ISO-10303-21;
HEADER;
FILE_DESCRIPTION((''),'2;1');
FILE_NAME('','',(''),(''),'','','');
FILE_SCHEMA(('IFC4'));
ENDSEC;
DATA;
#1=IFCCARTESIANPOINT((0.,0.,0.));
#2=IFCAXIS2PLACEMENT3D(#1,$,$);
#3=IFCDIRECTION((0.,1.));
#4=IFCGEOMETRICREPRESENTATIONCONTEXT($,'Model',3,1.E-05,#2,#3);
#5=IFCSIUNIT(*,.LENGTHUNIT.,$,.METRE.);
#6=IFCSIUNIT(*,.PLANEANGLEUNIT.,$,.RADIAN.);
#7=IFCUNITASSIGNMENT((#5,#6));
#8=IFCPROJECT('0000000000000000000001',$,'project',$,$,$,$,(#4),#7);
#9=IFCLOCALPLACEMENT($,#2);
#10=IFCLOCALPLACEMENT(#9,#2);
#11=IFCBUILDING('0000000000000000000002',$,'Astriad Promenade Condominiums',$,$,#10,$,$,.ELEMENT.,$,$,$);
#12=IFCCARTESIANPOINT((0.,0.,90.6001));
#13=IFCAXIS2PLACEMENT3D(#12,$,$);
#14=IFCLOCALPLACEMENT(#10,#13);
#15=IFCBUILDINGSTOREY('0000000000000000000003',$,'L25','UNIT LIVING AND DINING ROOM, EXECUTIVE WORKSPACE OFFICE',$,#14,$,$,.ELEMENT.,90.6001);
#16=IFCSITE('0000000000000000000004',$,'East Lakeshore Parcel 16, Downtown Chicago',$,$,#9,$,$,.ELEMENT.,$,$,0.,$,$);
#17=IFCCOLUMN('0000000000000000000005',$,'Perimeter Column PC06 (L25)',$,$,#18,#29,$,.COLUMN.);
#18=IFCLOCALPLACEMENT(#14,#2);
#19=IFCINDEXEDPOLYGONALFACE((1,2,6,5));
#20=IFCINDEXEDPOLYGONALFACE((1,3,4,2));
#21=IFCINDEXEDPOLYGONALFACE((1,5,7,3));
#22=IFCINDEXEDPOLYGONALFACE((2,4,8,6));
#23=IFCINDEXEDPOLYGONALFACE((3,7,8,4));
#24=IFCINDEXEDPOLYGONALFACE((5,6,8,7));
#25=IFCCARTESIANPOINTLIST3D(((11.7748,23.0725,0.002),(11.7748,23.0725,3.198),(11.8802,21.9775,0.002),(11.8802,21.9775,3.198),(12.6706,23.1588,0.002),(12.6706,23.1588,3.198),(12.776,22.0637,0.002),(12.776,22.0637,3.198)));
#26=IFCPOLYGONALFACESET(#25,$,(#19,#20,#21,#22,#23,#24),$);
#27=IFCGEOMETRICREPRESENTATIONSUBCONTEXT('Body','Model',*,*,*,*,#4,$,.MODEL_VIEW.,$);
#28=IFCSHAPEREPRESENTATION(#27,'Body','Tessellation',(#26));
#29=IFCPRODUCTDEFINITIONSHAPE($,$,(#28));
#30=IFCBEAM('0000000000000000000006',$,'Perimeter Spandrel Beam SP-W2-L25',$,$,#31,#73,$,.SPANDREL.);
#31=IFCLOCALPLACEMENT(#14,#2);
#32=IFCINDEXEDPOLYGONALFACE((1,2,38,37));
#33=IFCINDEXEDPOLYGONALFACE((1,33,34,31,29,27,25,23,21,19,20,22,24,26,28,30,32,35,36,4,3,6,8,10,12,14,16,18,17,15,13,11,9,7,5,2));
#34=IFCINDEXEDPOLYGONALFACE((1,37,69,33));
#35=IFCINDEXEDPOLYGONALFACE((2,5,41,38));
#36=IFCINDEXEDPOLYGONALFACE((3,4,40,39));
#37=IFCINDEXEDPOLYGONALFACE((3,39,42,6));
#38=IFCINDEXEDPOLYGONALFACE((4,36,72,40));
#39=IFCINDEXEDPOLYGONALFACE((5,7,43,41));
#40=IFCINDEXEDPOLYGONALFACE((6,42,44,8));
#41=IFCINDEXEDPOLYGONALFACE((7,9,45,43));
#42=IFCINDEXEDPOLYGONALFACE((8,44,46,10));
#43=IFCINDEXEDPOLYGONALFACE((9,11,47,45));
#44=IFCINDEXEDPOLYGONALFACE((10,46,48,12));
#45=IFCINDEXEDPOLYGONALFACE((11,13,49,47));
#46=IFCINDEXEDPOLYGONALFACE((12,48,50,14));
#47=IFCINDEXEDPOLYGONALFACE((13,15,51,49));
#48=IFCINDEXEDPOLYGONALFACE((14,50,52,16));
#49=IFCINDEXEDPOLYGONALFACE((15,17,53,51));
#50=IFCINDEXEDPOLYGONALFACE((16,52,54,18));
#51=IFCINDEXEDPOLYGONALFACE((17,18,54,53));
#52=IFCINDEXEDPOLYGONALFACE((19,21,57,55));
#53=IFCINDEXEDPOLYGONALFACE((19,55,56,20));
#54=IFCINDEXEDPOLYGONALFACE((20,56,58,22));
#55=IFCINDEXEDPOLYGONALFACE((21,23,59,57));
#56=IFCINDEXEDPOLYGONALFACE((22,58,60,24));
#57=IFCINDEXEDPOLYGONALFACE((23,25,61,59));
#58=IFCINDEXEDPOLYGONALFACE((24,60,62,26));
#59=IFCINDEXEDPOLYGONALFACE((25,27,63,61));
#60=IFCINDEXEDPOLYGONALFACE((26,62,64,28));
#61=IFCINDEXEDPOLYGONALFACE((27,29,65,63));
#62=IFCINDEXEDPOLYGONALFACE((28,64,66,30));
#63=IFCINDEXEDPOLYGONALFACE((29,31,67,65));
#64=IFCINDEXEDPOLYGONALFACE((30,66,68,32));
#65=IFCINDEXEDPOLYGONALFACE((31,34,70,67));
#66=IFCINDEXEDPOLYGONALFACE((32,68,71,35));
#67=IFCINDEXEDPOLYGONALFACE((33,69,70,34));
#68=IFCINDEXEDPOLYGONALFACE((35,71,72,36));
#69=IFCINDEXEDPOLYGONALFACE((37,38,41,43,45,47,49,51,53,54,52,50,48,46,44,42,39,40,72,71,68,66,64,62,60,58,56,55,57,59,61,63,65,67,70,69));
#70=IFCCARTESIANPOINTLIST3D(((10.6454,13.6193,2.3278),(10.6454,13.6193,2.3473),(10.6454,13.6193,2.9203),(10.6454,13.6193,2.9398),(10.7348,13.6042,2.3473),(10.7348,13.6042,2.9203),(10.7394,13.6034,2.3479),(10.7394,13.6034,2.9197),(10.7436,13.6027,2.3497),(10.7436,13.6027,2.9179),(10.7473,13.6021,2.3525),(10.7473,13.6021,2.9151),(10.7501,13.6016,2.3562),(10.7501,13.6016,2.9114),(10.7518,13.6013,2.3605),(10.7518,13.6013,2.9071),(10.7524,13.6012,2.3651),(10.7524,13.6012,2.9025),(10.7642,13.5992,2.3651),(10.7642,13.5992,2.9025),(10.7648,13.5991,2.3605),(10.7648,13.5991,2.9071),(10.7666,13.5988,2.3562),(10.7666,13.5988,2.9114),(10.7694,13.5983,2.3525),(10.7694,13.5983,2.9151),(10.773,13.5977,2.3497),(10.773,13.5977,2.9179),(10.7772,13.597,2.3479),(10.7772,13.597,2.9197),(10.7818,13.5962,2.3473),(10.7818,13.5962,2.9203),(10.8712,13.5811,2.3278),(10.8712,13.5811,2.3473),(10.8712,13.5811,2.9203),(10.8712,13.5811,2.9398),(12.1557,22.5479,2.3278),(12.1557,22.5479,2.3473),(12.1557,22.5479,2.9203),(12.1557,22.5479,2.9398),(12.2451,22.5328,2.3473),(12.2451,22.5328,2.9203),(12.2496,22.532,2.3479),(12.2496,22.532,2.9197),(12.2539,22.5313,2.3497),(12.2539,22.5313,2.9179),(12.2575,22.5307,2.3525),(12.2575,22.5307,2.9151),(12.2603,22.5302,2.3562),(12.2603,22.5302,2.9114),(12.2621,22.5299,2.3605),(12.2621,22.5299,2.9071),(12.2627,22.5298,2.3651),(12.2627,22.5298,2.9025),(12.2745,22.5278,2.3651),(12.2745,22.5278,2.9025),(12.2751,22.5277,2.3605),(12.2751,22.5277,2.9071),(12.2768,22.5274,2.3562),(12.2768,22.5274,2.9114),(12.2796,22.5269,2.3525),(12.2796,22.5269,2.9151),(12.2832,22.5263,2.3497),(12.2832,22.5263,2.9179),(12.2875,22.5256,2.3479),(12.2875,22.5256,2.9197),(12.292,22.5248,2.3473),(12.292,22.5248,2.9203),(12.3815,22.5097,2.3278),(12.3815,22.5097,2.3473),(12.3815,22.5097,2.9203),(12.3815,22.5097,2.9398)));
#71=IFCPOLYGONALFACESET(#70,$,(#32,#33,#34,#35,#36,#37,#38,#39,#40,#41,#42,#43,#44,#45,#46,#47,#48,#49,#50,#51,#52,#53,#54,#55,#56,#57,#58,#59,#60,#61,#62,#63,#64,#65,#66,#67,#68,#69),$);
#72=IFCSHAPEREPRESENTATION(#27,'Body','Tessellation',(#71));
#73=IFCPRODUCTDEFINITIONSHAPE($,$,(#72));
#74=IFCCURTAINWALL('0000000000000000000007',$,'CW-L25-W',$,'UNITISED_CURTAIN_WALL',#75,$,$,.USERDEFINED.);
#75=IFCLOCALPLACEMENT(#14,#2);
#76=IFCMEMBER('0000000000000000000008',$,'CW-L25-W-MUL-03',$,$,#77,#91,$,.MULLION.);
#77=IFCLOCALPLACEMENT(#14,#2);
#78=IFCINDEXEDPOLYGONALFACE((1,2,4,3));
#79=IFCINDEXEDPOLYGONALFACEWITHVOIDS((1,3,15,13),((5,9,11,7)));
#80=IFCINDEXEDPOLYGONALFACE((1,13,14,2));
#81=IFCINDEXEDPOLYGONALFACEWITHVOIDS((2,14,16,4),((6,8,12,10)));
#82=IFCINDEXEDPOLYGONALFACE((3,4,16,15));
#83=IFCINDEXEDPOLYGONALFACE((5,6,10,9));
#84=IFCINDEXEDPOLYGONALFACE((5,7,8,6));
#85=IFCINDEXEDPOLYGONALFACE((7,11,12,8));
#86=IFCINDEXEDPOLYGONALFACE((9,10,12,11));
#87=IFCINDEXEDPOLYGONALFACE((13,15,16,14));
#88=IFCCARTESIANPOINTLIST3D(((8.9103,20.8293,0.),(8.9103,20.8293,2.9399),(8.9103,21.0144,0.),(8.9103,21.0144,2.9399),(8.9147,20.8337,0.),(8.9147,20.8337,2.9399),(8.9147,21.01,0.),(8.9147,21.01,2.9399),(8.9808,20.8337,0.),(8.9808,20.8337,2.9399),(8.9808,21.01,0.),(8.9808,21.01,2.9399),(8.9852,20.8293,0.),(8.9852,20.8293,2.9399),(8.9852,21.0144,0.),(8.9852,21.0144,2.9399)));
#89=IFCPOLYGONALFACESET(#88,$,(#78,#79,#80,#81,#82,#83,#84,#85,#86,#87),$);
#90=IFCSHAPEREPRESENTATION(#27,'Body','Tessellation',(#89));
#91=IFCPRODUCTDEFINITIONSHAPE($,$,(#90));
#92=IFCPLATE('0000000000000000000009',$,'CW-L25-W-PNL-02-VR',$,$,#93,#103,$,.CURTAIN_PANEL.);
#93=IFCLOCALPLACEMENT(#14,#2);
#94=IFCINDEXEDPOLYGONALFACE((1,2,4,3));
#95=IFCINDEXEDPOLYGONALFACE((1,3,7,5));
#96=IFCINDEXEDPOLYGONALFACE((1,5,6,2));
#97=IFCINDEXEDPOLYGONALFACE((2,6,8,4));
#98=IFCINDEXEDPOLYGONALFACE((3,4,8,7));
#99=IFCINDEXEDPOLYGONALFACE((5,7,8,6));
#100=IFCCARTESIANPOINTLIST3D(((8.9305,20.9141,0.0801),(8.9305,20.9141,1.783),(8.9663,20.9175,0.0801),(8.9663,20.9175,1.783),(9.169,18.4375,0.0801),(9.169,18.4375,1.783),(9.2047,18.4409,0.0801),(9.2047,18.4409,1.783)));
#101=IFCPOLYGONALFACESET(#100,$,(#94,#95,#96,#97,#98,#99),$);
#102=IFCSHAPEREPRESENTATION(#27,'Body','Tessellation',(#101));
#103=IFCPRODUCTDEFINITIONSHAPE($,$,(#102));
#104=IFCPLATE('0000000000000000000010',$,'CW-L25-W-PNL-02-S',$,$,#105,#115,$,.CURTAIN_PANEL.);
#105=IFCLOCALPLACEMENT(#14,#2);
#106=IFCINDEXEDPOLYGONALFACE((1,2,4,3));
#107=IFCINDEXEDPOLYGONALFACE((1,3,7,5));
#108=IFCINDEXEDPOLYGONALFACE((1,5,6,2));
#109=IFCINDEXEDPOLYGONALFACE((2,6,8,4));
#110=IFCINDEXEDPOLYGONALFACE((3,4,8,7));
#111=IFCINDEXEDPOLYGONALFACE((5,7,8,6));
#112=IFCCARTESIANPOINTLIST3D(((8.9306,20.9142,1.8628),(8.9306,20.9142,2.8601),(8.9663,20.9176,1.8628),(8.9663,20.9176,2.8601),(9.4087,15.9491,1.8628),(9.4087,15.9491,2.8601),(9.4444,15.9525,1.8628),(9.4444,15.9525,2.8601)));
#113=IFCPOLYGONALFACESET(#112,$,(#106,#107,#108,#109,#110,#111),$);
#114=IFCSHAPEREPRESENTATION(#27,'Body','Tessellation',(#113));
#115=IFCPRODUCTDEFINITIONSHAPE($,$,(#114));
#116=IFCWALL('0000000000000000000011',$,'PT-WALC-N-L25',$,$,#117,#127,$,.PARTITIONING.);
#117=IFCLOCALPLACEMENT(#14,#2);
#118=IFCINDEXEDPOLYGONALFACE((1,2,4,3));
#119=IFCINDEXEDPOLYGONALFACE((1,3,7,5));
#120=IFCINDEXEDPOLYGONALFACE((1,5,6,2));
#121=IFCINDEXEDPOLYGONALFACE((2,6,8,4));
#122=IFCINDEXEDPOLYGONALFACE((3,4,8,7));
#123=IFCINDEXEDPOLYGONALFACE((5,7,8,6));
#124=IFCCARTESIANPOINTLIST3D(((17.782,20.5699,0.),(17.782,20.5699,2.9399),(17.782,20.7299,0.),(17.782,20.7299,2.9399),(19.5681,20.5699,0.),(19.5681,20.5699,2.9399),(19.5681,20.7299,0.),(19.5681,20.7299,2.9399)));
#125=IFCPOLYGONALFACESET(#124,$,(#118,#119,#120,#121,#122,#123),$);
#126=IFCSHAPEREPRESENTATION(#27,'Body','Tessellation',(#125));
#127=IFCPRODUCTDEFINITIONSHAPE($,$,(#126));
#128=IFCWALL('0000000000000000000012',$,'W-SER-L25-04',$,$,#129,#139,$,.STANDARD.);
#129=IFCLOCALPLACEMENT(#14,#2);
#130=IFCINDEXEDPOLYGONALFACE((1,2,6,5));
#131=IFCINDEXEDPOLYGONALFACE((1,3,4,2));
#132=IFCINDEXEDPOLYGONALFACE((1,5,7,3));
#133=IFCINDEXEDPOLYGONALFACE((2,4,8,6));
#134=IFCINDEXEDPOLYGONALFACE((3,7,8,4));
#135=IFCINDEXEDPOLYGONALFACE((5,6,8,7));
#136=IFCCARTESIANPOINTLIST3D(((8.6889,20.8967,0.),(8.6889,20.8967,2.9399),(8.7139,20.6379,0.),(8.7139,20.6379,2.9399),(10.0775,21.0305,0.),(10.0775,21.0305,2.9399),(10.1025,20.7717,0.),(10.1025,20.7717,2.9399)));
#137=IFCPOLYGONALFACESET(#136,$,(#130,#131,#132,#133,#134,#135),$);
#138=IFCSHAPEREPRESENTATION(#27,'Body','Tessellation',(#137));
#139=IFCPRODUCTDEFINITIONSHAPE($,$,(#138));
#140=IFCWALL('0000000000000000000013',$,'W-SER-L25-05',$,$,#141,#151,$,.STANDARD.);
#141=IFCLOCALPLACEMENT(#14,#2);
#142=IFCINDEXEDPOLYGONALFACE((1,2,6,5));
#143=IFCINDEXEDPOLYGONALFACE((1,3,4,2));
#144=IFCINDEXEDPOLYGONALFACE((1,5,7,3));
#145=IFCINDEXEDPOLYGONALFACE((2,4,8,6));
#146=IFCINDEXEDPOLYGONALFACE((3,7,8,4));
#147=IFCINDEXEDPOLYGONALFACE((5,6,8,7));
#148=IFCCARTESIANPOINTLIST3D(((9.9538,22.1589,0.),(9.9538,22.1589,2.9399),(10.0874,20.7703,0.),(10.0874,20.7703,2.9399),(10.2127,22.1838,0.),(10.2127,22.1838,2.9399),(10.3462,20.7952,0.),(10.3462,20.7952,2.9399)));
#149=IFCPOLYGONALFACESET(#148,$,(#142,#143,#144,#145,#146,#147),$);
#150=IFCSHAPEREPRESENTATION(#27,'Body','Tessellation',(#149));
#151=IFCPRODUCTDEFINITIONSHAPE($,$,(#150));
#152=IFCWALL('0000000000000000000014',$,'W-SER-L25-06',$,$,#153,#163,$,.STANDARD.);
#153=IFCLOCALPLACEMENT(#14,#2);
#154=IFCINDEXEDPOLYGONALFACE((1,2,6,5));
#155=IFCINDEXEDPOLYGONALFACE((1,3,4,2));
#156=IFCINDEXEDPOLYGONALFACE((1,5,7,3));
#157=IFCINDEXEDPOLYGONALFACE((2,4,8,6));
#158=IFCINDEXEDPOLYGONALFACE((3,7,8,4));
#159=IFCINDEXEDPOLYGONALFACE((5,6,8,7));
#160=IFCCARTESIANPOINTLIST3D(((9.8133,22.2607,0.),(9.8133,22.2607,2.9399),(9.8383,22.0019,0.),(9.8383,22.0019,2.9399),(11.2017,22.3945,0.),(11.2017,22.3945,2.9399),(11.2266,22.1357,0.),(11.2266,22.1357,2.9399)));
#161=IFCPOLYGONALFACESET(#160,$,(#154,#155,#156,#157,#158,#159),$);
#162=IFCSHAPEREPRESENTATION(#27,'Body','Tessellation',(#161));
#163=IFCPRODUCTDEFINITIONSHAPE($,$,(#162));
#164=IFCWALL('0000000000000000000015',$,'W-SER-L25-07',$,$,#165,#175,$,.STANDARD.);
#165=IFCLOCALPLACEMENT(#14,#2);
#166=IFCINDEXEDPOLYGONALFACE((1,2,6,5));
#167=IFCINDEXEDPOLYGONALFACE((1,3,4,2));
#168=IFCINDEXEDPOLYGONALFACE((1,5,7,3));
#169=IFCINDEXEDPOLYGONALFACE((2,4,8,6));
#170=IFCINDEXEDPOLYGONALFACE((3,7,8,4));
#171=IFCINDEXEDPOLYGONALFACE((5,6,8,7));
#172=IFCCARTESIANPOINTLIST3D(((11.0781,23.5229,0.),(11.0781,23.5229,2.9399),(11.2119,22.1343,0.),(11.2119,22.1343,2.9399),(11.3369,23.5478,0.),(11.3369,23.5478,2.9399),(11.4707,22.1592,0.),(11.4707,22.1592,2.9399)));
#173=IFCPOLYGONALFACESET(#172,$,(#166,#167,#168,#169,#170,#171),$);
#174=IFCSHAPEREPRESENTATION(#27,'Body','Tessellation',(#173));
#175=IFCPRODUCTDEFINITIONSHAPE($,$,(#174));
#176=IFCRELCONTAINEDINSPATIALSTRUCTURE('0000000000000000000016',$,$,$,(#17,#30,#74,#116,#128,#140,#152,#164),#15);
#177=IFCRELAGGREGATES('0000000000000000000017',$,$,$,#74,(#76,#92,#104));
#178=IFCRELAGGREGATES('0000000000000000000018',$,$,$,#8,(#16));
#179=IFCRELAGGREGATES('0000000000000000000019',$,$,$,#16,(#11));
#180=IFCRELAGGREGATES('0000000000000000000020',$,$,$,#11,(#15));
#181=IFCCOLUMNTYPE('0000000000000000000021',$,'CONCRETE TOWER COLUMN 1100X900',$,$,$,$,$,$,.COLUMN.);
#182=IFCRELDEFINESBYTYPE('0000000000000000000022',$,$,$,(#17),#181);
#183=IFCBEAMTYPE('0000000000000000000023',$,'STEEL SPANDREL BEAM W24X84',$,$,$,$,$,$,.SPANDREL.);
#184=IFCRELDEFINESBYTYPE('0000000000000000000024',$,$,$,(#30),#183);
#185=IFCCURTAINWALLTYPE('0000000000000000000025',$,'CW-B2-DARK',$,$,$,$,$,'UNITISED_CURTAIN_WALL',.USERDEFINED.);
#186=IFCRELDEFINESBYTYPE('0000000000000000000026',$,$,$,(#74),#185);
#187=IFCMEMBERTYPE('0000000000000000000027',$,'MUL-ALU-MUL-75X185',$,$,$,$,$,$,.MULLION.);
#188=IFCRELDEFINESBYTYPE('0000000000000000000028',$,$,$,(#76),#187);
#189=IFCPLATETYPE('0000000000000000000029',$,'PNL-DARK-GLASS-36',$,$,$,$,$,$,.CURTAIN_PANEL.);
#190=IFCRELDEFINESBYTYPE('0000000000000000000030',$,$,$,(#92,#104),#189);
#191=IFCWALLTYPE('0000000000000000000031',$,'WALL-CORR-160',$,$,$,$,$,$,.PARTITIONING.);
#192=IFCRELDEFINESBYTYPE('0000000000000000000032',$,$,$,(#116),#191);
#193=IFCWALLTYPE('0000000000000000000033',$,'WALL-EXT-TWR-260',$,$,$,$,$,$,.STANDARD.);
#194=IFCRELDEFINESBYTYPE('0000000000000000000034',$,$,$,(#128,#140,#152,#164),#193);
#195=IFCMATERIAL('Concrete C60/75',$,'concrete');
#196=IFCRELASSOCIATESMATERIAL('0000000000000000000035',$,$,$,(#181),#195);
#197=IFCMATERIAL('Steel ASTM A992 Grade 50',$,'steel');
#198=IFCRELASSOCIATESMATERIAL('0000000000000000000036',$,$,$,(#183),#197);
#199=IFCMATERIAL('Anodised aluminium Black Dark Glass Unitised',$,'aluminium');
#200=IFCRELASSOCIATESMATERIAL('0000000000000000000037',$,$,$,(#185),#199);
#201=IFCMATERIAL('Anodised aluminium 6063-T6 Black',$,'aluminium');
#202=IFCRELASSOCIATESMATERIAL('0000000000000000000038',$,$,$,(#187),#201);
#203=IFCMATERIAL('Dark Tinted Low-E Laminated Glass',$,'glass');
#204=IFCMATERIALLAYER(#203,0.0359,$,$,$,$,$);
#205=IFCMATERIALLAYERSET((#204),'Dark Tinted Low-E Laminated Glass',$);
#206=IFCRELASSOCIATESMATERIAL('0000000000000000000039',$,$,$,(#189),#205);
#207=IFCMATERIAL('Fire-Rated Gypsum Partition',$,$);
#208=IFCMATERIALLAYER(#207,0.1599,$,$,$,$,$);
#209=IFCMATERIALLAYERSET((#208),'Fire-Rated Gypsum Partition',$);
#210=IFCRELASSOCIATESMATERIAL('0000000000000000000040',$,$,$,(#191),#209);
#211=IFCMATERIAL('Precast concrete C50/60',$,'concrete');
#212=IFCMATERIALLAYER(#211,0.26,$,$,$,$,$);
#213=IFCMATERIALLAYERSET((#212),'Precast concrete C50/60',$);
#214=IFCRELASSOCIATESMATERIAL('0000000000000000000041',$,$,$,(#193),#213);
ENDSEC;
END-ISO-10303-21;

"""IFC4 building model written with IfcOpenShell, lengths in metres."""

from ifc_helpers import new_model, si_unit, direction, frame, frame_2d, origin, origin_2d, place, context, subcontext, project, spatial, rectangle, hollow_rectangle, i_section, extrude, source, transform, mapped, material, layer, layer_set, material_profile, profile_set, type_object, type_shapes, element, aggregate, save


model = new_model("IFC4")

# Units and contexts
model_context = context("Model", 3, precision=1e-05, world=origin(), true_north=direction((0.0, 1.0)))
body_context = subcontext(model_context, "Body", "Model", "MODEL_VIEW")
ifc_project = project(units=[si_unit("LENGTHUNIT", "METRE"), si_unit("PLANEANGLEUNIT", "RADIAN")], contexts=[model_context])

# Site, building, storey
site_placement = place(None, origin())
site = spatial("IfcSite", under=ifc_project, at=site_placement, Name="East Lakeshore Parcel 16, Downtown Chicago", CompositionType="ELEMENT", RefElevation=0.0)
building_placement = place(site_placement, origin())
building = spatial("IfcBuilding", under=site, at=building_placement, Name="Astriad Promenade Condominiums", CompositionType="ELEMENT")
storey_placement = place(building_placement, frame((0.0, 0.0, 90.6001)))
storey = spatial("IfcBuildingStorey", under=building, at=storey_placement, Name="L25", Description="UNIT LIVING AND DINING ROOM, EXECUTIVE WORKSPACE OFFICE", CompositionType="ELEMENT", Elevation=90.6001)

# Column
ifc_material_1 = material(Name="Concrete C60/75", Category="concrete")
ifc_material_profile_1 = material_profile(ifc_material_1, rectangle(XDim=0.8999, YDim=1.1001, at=origin_2d()), Name="RC-COL-1100X900")
ifc_profile_set_1 = profile_set([ifc_material_profile_1], Name="Concrete C60/75")
column_type = type_object("IfcColumnType", Name="CONCRETE TOWER COLUMN 1100X900", PredefinedType="COLUMN", material=ifc_profile_set_1)
shared_shape_1 = source(origin(), body_context, "Body", "SweptSolid", [
    extrude(rectangle(XDim=0.8999, YDim=1.1001, at=origin_2d()), origin(), (0.0, 0.0, 1.0), 3.196),
])
type_shapes(column_type, [shared_shape_1])
column_placement = place(storey_placement, frame((12.2754, 22.5681, 0.002), z_axis=(0.0, 0.0, 1.0), x_axis=(0.995396, 0.095846, 0.0)))
element("IfcColumn", 1, at=column_placement, inside=storey, type_object=column_type, Name="Perimeter Column PC06 (L25)", PredefinedType="COLUMN", context=body_context, shape_type="MappedRepresentation", body=[
    mapped(shared_shape_1, transform((0.0, 0.0, 0.0), scale=1.0)),
])

# Beam
ifc_material_2 = material(Name="Steel ASTM A992 Grade 50", Category="steel")
ifc_material_profile_2 = material_profile(ifc_material_2, i_section(OverallWidth=0.229, OverallDepth=0.6121, WebThickness=0.012, FlangeThickness=0.0195, FilletRadius=0.0178, at=origin_2d()), Name="W24X84")
ifc_profile_set_2 = profile_set([ifc_material_profile_2], Name="Steel ASTM A992 Grade 50")
beam_type = type_object("IfcBeamType", Name="STEEL SPANDREL BEAM W24X84", PredefinedType="SPANDREL", material=ifc_profile_set_2)
shared_shape_2 = source(origin(), body_context, "Body", "SweptSolid", [
    extrude(i_section(OverallWidth=0.229, OverallDepth=0.6121, WebThickness=0.012, FlangeThickness=0.0195, FilletRadius=0.0178, at=origin_2d()), origin(), (0.0, 0.0, 1.0), 9.0554),
])
type_shapes(beam_type, [shared_shape_2])
beam_placement = place(storey_placement, frame((12.2686, 22.5288, 2.6338), z_axis=(-0.166777, -0.985995, 0.0), x_axis=(0.985995, -0.166777, 0.0)))
element("IfcBeam", 2, at=beam_placement, inside=storey, type_object=beam_type, Name="Perimeter Spandrel Beam SP-W2-L25", PredefinedType="SPANDREL", context=body_context, shape_type="MappedRepresentation", body=[
    mapped(shared_shape_2, transform((0.0, 0.0, 0.0), scale=1.0)),
])

# Curtain wall, member, plates
ifc_material_3 = material(Name="Anodised aluminium Black Dark Glass Unitised", Category="aluminium")
curtain_wall_type = type_object("IfcCurtainWallType", Name="CW-B2-DARK", ElementType="UNITISED_CURTAIN_WALL", PredefinedType="USERDEFINED", material=ifc_material_3)
curtain_wall_placement = place(storey_placement, origin())
curtain_wall = element("IfcCurtainWall", 3, at=curtain_wall_placement, inside=storey, type_object=curtain_wall_type, Name="CW-L25-W", ObjectType="UNITISED_CURTAIN_WALL", PredefinedType="USERDEFINED")
ifc_material_4 = material(Name="Anodised aluminium 6063-T6 Black", Category="aluminium")
ifc_material_profile_3 = material_profile(ifc_material_4, hollow_rectangle(XDim=0.075, YDim=0.1851, WallThickness=0.0044, at=origin_2d()), Name="ALU-MUL-75X185")
ifc_profile_set_3 = profile_set([ifc_material_profile_3], Name="Anodised aluminium 6063-T6 Black")
member_type = type_object("IfcMemberType", Name="MUL-ALU-MUL-75X185", PredefinedType="MULLION", material=ifc_profile_set_3)
shared_shape_3 = source(origin(), body_context, "Body", "SweptSolid", [
    extrude(hollow_rectangle(XDim=0.075, YDim=0.1851, WallThickness=0.0044, at=origin_2d()), origin(), (0.0, 0.0, 1.0), 2.9399),
])
type_shapes(member_type, [shared_shape_3])
member_placement = place(storey_placement, frame((8.9478, 20.9219, 0.0), z_axis=(0.0, 0.0, 1.0), x_axis=(1.0, 0.0, 0.0)))
member = element("IfcMember", 4, at=member_placement, type_object=member_type, Name="CW-L25-W-MUL-03", PredefinedType="MULLION", context=body_context, shape_type="MappedRepresentation", body=[
    mapped(shared_shape_3, transform((0.0, 0.0, 0.0), scale=1.0)),
])
ifc_material_5 = material(Name="Dark Tinted Low-E Laminated Glass", Category="glass")
ifc_layer_1 = layer(ifc_material_5, 0.0359)
ifc_layer_set_1 = layer_set([ifc_layer_1], Name="Dark Tinted Low-E Laminated Glass")
plate_type = type_object("IfcPlateType", Name="PNL-DARK-GLASS-36", PredefinedType="CURTAIN_PANEL", material=ifc_layer_set_1)
shared_shape_4 = source(origin(), body_context, "Body", "SweptSolid", [
    extrude(rectangle(XDim=2.488, YDim=0.0359, at=origin_2d()), origin(), (0.0, 0.0, 1.0), 1.7029),
])
plate_1_placement = place(storey_placement, frame((9.0676, 19.6775, 0.0801), z_axis=(0.0, 0.0, 1.0), x_axis=(-0.095846, 0.995396, 0.0)))
plate_1 = element("IfcPlate", 5, at=plate_1_placement, type_object=plate_type, Name="CW-L25-W-PNL-02-VR", PredefinedType="CURTAIN_PANEL", context=body_context, shape_type="MappedRepresentation", body=[
    mapped(shared_shape_4, transform((0.0, 0.0, 0.0), scale=1.0)),
])
shared_shape_5 = source(origin(), body_context, "Body", "SweptSolid", [
    extrude(rectangle(XDim=4.988, YDim=0.0359, at=origin_2d()), origin(), (0.0, 0.0, 1.0), 0.9973),
])
type_shapes(plate_type, [shared_shape_4, shared_shape_5])
plate_2_placement = place(storey_placement, frame((9.1875, 18.4333, 1.8628), z_axis=(0.0, 0.0, 1.0), x_axis=(-0.095846, 0.995396, 0.0)))
plate_2 = element("IfcPlate", 6, at=plate_2_placement, type_object=plate_type, Name="CW-L25-W-PNL-02-S", PredefinedType="CURTAIN_PANEL", context=body_context, shape_type="MappedRepresentation", body=[
    mapped(shared_shape_5, transform((0.0, 0.0, 0.0), scale=1.0)),
])
aggregate(curtain_wall, [member, plate_1, plate_2])

# Walls
ifc_material_6 = material(Name="Fire-Rated Gypsum Partition")
ifc_layer_2 = layer(ifc_material_6, 0.1599)
ifc_layer_set_2 = layer_set([ifc_layer_2], Name="Fire-Rated Gypsum Partition")
wall_type_1 = type_object("IfcWallType", Name="WALL-CORR-160", PredefinedType="PARTITIONING", material=ifc_layer_set_2)
wall_1_placement = place(storey_placement, frame((17.782, 20.6499, 0.0), z_axis=(0.0, 0.0, 1.0), x_axis=(1.0, 0.0, 0.0)))
element("IfcWall", 7, at=wall_1_placement, inside=storey, type_object=wall_type_1, Name="PT-WALC-N-L25", PredefinedType="PARTITIONING", context=body_context, shape_type="SweptSolid", body=[
    extrude(rectangle(XDim=1.7861, YDim=0.1599, at=frame_2d((0.8931, 0.0))), origin(), (0.0, 0.0, 1.0), 2.9399),
])
ifc_material_7 = material(Name="Precast concrete C50/60", Category="concrete")
ifc_layer_3 = layer(ifc_material_7, 0.26)
ifc_layer_set_3 = layer_set([ifc_layer_3], Name="Precast concrete C50/60")
wall_type_2 = type_object("IfcWallType", Name="WALL-EXT-TWR-260", PredefinedType="STANDARD", material=ifc_layer_set_3)
for number, where, z_axis, x_axis, name in (
    (8, (8.7014, 20.7673, 0.0), (0.0, 0.0, 1.0), (0.995391, 0.095899, 0.0), "W-SER-L25-04"),
    (9, (10.2168, 20.7827, 0.0), (0.0, 0.0, 1.0), (-0.095726, 0.995408, 0.0), "W-SER-L25-05"),
):
    element("IfcWall", number, at=place(storey_placement, frame(where, z_axis=z_axis, x_axis=x_axis)), inside=storey, type_object=wall_type_2, Name=name, PredefinedType="STANDARD", context=body_context, shape_type="SweptSolid", body=[
        extrude(rectangle(XDim=1.395, YDim=0.26, at=frame_2d((0.6975, 0.0))), origin(), (0.0, 0.0, 1.0), 2.9399),
    ])
wall_2_placement = place(storey_placement, frame((9.8259, 22.1313, 0.0), z_axis=(0.0, 0.0, 1.0), x_axis=(0.995389, 0.095916, 0.0)))
element("IfcWall", 10, at=wall_2_placement, inside=storey, type_object=wall_type_2, Name="W-SER-L25-06", PredefinedType="STANDARD", context=body_context, shape_type="SweptSolid", body=[
    extrude(rectangle(XDim=1.3948, YDim=0.26, at=frame_2d((0.6973, 0.0))), origin(), (0.0, 0.0, 1.0), 2.9399),
])
wall_3_placement = place(storey_placement, frame((11.3413, 22.1467, 0.0), z_axis=(0.0, 0.0, 1.0), x_axis=(-0.095899, 0.995391, 0.0)))
element("IfcWall", 11, at=wall_3_placement, inside=storey, type_object=wall_type_2, Name="W-SER-L25-07", PredefinedType="STANDARD", context=body_context, shape_type="SweptSolid", body=[
    extrude(rectangle(XDim=1.395, YDim=0.26, at=frame_2d((0.6975, 0.0))), origin(), (0.0, 0.0, 1.0), 2.9399),
])

save(model, "model.ifc")
